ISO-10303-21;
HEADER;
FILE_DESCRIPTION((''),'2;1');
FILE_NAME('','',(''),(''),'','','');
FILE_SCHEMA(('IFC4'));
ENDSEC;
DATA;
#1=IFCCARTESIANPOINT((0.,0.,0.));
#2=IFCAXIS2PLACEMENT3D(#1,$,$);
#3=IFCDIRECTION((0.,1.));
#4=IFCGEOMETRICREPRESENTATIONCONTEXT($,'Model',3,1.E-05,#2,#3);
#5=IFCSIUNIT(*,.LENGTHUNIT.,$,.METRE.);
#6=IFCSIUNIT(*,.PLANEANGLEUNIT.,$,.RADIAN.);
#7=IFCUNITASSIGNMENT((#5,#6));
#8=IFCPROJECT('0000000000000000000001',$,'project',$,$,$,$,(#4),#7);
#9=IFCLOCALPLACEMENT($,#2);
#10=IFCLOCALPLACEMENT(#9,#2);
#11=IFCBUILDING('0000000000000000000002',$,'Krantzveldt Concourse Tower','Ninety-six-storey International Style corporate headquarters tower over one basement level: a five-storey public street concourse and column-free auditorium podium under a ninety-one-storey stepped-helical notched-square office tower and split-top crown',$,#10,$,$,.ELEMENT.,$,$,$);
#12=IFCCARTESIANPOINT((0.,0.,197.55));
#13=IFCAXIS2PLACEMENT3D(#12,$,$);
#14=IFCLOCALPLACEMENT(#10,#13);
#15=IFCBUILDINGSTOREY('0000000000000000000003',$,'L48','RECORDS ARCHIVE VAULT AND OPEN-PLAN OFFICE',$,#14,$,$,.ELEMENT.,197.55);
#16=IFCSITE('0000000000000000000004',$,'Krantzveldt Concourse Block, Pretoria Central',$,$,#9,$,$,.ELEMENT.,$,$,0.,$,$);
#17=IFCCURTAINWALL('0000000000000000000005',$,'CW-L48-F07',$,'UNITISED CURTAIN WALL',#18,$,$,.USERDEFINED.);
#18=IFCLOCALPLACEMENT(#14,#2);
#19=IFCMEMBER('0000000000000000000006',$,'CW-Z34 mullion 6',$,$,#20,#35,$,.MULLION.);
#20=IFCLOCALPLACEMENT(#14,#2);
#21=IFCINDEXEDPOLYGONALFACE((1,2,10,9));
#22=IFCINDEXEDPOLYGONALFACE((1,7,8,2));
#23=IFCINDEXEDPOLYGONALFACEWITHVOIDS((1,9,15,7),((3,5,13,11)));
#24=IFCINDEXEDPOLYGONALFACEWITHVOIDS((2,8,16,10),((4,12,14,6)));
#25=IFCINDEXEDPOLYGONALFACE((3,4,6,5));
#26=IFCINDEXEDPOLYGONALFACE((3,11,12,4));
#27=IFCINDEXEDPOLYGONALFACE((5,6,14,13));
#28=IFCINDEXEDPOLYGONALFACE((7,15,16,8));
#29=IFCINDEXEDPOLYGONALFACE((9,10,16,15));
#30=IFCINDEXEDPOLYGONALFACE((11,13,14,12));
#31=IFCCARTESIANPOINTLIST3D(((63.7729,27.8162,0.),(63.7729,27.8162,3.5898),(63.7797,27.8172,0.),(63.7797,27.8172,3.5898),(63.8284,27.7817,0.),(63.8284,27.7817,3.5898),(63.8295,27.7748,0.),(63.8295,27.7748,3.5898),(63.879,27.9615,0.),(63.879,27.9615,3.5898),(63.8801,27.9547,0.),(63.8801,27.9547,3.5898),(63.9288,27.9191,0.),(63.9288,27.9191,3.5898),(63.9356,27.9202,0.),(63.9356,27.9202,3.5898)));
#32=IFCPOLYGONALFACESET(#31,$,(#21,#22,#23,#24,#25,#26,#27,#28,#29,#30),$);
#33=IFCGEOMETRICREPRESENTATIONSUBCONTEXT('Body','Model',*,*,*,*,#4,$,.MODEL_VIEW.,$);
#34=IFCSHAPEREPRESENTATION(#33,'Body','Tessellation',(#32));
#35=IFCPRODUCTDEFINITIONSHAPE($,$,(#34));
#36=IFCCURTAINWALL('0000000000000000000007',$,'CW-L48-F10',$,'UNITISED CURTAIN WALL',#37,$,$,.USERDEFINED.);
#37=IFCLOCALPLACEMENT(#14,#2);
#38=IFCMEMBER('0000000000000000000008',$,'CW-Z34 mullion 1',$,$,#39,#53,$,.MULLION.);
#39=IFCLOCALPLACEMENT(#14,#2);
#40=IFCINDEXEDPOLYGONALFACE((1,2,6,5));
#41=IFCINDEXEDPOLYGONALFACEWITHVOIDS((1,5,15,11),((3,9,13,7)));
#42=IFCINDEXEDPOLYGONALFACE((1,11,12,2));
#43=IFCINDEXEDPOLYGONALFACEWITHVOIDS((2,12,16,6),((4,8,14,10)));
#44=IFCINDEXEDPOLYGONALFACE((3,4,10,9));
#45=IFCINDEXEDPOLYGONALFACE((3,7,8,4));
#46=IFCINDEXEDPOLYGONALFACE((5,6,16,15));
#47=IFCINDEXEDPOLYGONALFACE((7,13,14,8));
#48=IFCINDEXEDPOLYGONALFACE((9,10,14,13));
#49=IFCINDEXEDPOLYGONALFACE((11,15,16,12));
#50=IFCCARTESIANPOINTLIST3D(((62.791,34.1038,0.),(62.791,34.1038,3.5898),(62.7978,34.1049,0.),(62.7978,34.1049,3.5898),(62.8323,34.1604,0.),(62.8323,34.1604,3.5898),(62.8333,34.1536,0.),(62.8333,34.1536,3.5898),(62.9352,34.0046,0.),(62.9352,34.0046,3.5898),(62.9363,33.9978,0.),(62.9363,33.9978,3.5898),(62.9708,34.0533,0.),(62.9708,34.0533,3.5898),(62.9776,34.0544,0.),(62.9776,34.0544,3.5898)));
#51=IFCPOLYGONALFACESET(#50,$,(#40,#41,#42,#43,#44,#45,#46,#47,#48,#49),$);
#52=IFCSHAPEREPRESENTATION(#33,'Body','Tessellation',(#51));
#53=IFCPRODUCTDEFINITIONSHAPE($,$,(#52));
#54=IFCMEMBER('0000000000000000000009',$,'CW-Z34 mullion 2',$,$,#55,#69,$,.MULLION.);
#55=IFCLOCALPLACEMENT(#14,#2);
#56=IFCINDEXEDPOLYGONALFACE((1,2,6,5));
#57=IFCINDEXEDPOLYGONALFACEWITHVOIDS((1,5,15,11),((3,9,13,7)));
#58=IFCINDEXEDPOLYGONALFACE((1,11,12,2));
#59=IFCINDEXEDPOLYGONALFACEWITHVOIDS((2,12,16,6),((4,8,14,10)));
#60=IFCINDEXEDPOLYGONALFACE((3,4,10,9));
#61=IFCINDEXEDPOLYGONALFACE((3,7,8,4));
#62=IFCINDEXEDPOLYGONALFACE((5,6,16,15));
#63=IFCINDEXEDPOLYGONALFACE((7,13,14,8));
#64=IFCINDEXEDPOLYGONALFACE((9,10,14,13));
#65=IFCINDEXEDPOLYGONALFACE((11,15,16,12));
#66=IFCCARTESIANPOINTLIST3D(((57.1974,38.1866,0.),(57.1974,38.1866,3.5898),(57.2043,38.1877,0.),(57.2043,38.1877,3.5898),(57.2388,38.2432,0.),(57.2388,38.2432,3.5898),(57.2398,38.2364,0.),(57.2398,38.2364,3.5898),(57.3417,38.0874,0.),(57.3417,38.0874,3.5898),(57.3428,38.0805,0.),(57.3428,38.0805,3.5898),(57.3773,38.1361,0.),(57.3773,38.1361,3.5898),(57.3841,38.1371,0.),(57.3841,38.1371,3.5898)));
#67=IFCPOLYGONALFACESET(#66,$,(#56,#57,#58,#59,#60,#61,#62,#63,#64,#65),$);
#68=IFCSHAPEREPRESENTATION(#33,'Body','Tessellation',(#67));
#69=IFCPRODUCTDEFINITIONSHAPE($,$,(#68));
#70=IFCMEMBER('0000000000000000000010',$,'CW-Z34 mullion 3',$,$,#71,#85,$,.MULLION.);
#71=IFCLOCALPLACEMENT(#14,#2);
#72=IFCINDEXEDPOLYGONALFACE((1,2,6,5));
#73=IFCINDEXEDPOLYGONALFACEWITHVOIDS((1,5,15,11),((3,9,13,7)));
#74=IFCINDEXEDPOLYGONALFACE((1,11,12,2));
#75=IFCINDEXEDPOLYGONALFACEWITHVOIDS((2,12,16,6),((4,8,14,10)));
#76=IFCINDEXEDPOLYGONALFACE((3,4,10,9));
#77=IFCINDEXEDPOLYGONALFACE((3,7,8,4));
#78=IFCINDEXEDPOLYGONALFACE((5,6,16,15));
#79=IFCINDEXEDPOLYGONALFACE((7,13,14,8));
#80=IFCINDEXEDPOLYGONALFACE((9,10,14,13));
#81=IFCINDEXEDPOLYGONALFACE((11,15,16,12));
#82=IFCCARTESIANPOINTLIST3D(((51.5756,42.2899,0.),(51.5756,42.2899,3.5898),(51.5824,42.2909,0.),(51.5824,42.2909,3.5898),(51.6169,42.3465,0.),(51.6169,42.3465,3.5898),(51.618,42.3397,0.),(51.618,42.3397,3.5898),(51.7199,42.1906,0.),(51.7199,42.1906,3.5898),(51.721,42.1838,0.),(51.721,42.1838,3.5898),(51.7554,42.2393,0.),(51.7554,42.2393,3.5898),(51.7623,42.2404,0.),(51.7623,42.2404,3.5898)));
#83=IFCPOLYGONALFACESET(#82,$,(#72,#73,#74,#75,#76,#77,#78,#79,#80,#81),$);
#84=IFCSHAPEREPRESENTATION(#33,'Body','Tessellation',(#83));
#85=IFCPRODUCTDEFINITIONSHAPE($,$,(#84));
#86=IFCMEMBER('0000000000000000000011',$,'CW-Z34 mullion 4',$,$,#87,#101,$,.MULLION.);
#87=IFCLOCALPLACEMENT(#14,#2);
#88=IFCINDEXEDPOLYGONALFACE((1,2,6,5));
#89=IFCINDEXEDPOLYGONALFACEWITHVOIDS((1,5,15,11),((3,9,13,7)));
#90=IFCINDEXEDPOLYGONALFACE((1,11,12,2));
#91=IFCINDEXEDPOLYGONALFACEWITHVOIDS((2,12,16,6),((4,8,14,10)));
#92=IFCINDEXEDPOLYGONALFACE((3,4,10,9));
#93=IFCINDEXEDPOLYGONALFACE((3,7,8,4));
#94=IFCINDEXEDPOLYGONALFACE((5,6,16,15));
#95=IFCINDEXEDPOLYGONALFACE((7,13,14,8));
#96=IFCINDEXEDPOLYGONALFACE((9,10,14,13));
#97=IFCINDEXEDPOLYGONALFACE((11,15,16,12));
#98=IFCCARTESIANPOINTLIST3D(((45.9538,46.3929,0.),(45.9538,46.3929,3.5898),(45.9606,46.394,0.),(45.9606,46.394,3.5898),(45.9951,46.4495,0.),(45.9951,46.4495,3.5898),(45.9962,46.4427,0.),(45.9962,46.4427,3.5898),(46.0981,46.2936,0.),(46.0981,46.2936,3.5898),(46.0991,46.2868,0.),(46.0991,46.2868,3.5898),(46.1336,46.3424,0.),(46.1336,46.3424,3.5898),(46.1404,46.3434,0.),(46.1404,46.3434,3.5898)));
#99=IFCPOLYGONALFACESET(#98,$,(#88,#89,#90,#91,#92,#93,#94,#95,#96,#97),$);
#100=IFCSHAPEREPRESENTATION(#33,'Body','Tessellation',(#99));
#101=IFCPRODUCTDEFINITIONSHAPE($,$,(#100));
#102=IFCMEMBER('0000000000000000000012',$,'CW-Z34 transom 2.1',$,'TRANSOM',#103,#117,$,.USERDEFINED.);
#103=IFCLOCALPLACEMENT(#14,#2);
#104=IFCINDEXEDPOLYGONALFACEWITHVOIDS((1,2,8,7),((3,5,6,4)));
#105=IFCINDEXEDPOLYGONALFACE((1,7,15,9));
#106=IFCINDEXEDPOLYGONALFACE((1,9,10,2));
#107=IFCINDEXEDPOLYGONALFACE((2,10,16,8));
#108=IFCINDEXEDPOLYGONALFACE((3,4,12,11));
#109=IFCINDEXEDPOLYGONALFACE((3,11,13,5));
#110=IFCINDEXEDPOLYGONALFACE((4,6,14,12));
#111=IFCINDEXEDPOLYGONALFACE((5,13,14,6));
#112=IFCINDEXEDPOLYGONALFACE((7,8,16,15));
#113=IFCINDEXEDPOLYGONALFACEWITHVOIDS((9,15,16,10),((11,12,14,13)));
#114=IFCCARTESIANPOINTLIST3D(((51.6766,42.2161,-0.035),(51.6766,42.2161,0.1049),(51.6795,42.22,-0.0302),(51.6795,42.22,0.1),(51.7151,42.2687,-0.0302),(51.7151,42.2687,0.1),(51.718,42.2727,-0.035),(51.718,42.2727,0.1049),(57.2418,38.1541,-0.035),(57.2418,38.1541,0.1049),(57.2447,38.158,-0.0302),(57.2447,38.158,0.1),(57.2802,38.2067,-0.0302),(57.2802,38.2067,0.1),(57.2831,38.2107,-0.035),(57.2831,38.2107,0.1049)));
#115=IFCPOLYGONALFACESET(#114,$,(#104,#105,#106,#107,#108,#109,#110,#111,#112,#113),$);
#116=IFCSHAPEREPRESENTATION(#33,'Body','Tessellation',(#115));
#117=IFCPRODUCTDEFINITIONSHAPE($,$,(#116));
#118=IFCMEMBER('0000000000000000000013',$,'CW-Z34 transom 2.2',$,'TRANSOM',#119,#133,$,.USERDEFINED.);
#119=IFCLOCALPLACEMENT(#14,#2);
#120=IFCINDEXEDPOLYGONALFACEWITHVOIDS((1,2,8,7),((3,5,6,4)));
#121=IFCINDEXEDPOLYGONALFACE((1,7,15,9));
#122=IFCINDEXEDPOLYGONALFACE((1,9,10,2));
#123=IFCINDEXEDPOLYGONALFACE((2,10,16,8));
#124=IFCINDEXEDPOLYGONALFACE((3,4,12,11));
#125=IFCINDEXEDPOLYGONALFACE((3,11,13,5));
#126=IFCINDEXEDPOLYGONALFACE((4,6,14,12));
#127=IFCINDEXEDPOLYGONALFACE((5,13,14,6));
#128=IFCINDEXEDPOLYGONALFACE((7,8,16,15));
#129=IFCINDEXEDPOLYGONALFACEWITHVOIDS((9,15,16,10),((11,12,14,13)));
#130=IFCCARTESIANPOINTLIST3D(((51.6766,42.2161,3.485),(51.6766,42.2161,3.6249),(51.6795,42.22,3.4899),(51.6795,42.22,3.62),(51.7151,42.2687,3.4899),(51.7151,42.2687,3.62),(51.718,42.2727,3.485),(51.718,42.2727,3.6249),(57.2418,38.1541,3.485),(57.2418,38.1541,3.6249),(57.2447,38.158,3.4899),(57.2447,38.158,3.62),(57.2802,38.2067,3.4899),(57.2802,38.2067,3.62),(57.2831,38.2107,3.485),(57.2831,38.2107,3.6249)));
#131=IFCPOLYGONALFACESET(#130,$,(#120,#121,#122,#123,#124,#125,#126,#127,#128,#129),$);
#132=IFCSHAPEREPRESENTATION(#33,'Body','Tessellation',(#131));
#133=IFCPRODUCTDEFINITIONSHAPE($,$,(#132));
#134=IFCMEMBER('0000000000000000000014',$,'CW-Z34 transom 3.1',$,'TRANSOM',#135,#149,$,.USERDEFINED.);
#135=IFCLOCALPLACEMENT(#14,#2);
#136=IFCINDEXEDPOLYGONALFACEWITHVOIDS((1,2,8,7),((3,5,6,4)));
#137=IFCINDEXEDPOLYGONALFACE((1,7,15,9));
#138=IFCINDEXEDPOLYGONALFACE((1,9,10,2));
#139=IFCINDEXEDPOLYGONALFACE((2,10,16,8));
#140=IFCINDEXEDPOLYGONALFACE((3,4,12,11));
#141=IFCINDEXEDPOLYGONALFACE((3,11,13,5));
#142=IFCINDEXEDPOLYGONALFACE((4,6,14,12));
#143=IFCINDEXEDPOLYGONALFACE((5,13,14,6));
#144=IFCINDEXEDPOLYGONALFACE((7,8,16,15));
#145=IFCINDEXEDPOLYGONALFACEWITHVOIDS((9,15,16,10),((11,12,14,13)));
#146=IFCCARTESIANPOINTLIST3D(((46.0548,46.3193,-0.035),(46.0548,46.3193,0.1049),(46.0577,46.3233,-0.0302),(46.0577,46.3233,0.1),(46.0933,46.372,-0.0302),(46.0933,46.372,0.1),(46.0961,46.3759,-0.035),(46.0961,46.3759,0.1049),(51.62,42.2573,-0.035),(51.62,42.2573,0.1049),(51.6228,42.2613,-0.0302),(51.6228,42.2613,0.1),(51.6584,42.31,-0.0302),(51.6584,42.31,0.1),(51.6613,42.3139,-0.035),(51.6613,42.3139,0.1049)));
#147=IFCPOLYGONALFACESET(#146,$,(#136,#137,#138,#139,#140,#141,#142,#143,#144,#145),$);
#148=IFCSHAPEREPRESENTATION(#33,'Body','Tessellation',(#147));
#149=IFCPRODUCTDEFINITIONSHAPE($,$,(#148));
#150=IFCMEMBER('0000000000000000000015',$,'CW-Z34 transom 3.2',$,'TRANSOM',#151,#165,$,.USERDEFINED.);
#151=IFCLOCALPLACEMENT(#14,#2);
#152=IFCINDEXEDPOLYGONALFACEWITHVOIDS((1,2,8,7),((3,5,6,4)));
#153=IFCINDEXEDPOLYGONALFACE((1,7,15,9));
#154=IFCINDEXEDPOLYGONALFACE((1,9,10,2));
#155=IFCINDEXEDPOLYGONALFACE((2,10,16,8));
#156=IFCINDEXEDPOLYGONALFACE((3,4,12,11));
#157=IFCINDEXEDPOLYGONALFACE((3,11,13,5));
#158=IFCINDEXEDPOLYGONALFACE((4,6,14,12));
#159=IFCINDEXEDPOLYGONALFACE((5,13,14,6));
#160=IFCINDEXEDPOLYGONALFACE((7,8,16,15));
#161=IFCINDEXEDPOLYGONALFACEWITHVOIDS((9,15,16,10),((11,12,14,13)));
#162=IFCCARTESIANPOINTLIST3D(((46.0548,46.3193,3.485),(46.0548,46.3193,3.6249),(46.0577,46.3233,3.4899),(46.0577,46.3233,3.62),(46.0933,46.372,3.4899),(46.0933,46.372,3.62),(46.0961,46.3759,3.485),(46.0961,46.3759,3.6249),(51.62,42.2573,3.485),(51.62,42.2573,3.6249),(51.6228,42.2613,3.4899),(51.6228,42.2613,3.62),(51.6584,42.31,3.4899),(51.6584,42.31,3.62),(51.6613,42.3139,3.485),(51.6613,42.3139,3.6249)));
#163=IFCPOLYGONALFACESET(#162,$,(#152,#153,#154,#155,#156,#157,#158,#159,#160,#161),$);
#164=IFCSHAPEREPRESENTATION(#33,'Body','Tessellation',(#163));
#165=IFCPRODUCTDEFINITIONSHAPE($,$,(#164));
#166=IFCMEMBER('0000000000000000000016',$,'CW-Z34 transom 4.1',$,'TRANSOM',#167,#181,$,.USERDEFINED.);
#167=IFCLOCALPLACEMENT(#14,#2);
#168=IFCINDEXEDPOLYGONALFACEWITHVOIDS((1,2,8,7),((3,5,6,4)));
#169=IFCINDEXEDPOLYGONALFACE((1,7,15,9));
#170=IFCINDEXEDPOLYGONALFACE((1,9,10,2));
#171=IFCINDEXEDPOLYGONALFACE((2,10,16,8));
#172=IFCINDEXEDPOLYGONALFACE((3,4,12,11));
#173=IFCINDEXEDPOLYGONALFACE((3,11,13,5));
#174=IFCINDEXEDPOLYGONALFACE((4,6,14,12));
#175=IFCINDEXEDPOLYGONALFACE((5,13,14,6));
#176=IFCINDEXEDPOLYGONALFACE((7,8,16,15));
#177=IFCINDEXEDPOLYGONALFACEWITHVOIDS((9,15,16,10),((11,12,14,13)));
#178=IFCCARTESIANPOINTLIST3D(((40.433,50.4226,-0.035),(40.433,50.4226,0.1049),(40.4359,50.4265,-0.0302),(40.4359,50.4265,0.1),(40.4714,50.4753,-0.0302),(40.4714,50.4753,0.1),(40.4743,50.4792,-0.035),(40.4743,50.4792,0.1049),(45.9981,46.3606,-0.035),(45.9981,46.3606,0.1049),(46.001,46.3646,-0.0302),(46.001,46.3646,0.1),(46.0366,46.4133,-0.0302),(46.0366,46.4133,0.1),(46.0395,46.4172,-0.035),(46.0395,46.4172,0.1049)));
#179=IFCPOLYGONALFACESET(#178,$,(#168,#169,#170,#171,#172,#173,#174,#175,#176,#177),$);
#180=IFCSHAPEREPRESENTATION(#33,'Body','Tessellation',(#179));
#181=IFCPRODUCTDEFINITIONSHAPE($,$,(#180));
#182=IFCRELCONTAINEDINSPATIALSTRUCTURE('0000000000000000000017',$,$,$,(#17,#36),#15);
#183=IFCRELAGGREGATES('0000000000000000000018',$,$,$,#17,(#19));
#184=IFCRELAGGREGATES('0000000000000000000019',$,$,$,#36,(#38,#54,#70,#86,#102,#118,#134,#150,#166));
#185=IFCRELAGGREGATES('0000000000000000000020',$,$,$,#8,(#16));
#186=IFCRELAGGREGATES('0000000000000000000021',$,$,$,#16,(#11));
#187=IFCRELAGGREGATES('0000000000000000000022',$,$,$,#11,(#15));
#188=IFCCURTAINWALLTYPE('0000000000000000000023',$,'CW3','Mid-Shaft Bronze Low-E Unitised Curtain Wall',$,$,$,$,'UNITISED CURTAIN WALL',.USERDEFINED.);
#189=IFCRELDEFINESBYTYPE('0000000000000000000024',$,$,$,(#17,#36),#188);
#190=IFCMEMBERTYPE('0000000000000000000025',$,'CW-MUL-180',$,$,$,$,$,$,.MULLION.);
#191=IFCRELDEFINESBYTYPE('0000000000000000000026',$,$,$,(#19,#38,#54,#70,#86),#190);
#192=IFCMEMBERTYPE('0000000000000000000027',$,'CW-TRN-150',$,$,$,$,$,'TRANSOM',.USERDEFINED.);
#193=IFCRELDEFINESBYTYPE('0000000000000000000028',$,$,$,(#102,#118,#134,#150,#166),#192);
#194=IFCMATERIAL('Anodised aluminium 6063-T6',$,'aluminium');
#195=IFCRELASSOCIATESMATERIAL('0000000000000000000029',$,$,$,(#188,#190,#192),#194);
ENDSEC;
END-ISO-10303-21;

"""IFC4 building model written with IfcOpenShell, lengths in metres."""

from ifc_helpers import new_model, si_unit, direction, frame, origin, origin_2d, place, context, subcontext, project, spatial, hollow_rectangle, extrude, source, transform, mapped, material, material_profile, profile_set, type_object, type_shapes, element, aggregate, save


model = new_model("IFC4")

# Units and contexts
model_context = context("Model", 3, precision=1e-05, world=origin(), true_north=direction((0.0, 1.0)))
body_context = subcontext(model_context, "Body", "Model", "MODEL_VIEW")
ifc_project = project(units=[si_unit("LENGTHUNIT", "METRE"), si_unit("PLANEANGLEUNIT", "RADIAN")], contexts=[model_context])

# Site, building, storey
site_placement = place(None, origin())
site = spatial("IfcSite", under=ifc_project, at=site_placement, Name="Krantzveldt Concourse Block, Pretoria Central", CompositionType="ELEMENT", RefElevation=0.0)
building_placement = place(site_placement, origin())
building = spatial("IfcBuilding", under=site, at=building_placement, Name="Krantzveldt Concourse Tower", Description="Ninety-six-storey International Style corporate headquarters tower over one basement level: a five-storey public street concourse and column-free auditorium podium under a ninety-one-storey stepped-helical notched-square office tower and split-top crown", CompositionType="ELEMENT")
storey_placement = place(building_placement, frame((0.0, 0.0, 197.55)))
storey = spatial("IfcBuildingStorey", under=building, at=storey_placement, Name="L48", Description="RECORDS ARCHIVE VAULT AND OPEN-PLAN OFFICE", CompositionType="ELEMENT", Elevation=197.55)

# Curtain wall, member
ifc_material_1 = material(Name="Anodised aluminium 6063-T6", Category="aluminium")
curtain_wall_type = type_object("IfcCurtainWallType", Name="CW3", Description="Mid-Shaft Bronze Low-E Unitised Curtain Wall", ElementType="UNITISED CURTAIN WALL", PredefinedType="USERDEFINED", material=ifc_material_1)
curtain_wall_1_placement = place(storey_placement, origin())
curtain_wall_1 = element("IfcCurtainWall", 1, at=curtain_wall_1_placement, inside=storey, type_object=curtain_wall_type, Name="CW-L48-F07", ObjectType="UNITISED CURTAIN WALL", PredefinedType="USERDEFINED")
ifc_material_profile_1 = material_profile(ifc_material_1, hollow_rectangle(XDim=0.0701, YDim=0.1799, WallThickness=0.0049, at=origin_2d()), Name="Anodised aluminium 6063-T6", Category="aluminium")
ifc_profile_set_1 = profile_set([ifc_material_profile_1], Name="Anodised aluminium 6063-T6 - ALU-MULL 180x70x5")
member_type_1 = type_object("IfcMemberType", Name="CW-MUL-180", PredefinedType="MULLION", material=ifc_profile_set_1)
shared_shape_1 = source(origin(), body_context, "Body", "SweptSolid", [
    extrude(hollow_rectangle(XDim=0.0701, YDim=0.1799, WallThickness=0.0049, at=origin_2d()), origin(), (0.0, 0.0, 1.0), 3.5898),
])
type_shapes(member_type_1, [shared_shape_1])
member_1_placement = place(storey_placement, frame((63.8542, 27.8682, 0.0), z_axis=(0.0, 0.0, 1.0), x_axis=(-0.807733, 0.589549, 0.0)))
member_1 = element("IfcMember", 2, at=member_1_placement, type_object=member_type_1, Name="CW-Z34 mullion 6", PredefinedType="MULLION", context=body_context, shape_type="MappedRepresentation", body=[
    mapped(shared_shape_1, transform((0.0, 0.0, 0.0), x_axis=(1.0, 0.0, 0.0), y_axis=(0.0, 1.0, 0.0), z_axis=(0.0, 0.0, 1.0), scale=1.0)),
])
aggregate(curtain_wall_1, [member_1])

# Curtain wall, members
curtain_wall_2_placement = place(storey_placement, origin())
curtain_wall_2 = element("IfcCurtainWall", 3, at=curtain_wall_2_placement, inside=storey, type_object=curtain_wall_type, Name="CW-L48-F10", ObjectType="UNITISED CURTAIN WALL", PredefinedType="USERDEFINED")
member_2_placement = place(storey_placement, frame((62.8843, 34.0791, 0.0), z_axis=(0.0, 0.0, 1.0), x_axis=(-0.589549, -0.807733, 0.0)))
member_2 = element("IfcMember", 4, at=member_2_placement, type_object=member_type_1, Name="CW-Z34 mullion 1", PredefinedType="MULLION", context=body_context, shape_type="MappedRepresentation", body=[
    mapped(shared_shape_1, transform((0.0, 0.0, 0.0), x_axis=(1.0, 0.0, 0.0), y_axis=(0.0, 1.0, 0.0), z_axis=(0.0, 0.0, 1.0), scale=1.0)),
])
member_3_placement = place(storey_placement, frame((57.2908, 38.1619, 0.0), z_axis=(0.0, 0.0, 1.0), x_axis=(-0.589549, -0.807733, 0.0)))
member_3 = element("IfcMember", 5, at=member_3_placement, type_object=member_type_1, Name="CW-Z34 mullion 2", PredefinedType="MULLION", context=body_context, shape_type="MappedRepresentation", body=[
    mapped(shared_shape_1, transform((0.0, 0.0, 0.0), x_axis=(1.0, 0.0, 0.0), y_axis=(0.0, 1.0, 0.0), z_axis=(0.0, 0.0, 1.0), scale=1.0)),
])
member_4_placement = place(storey_placement, frame((51.6689, 42.2651, 0.0), z_axis=(0.0, 0.0, 1.0), x_axis=(-0.589549, -0.807733, 0.0)))
member_4 = element("IfcMember", 6, at=member_4_placement, type_object=member_type_1, Name="CW-Z34 mullion 3", PredefinedType="MULLION", context=body_context, shape_type="MappedRepresentation", body=[
    mapped(shared_shape_1, transform((0.0, 0.0, 0.0), x_axis=(1.0, 0.0, 0.0), y_axis=(0.0, 1.0, 0.0), z_axis=(0.0, 0.0, 1.0), scale=1.0)),
])
member_5_placement = place(storey_placement, frame((46.0471, 46.3682, 0.0), z_axis=(0.0, 0.0, 1.0), x_axis=(-0.589549, -0.807733, 0.0)))
member_5 = element("IfcMember", 7, at=member_5_placement, type_object=member_type_1, Name="CW-Z34 mullion 4", PredefinedType="MULLION", context=body_context, shape_type="MappedRepresentation", body=[
    mapped(shared_shape_1, transform((0.0, 0.0, 0.0), x_axis=(1.0, 0.0, 0.0), y_axis=(0.0, 1.0, 0.0), z_axis=(0.0, 0.0, 1.0), scale=1.0)),
])
ifc_material_profile_2 = material_profile(ifc_material_1, hollow_rectangle(XDim=0.0701, YDim=0.1399, WallThickness=0.0049, at=origin_2d()), Name="Anodised aluminium 6063-T6", Category="aluminium")
ifc_profile_set_2 = profile_set([ifc_material_profile_2], Name="Anodised aluminium 6063-T6 - ALU-TRAN 140x70x5")
member_type_2 = type_object("IfcMemberType", Name="CW-TRN-150", ElementType="TRANSOM", PredefinedType="USERDEFINED", material=ifc_profile_set_2)
shared_shape_2 = source(origin(), body_context, "Body", "SweptSolid", [
    extrude(hollow_rectangle(XDim=0.0701, YDim=0.1399, WallThickness=0.0049, at=origin_2d()), origin(), (0.0, 0.0, 1.0), 6.8899),
])
member_6_placement = place(storey_placement, frame((57.2625, 38.1824, 0.0349), z_axis=(-0.807727, 0.589557, 0.0), x_axis=(-0.589557, -0.807727, 0.0)))
member_6 = element("IfcMember", 8, at=member_6_placement, type_object=member_type_2, Name="CW-Z34 transom 2.1", ObjectType="TRANSOM", PredefinedType="USERDEFINED", context=body_context, shape_type="MappedRepresentation", body=[
    mapped(shared_shape_2, transform((0.0, 0.0, 0.0), x_axis=(1.0, 0.0, 0.0), y_axis=(0.0, 1.0, 0.0), z_axis=(0.0, 0.0, 1.0), scale=1.0)),
])
member_7_placement = place(storey_placement, frame((57.2625, 38.1824, 3.5549), z_axis=(-0.807727, 0.589557, 0.0), x_axis=(-0.589557, -0.807727, 0.0)))
member_7 = element("IfcMember", 9, at=member_7_placement, type_object=member_type_2, Name="CW-Z34 transom 2.2", ObjectType="TRANSOM", PredefinedType="USERDEFINED", context=body_context, shape_type="MappedRepresentation", body=[
    mapped(shared_shape_2, transform((0.0, 0.0, 0.0), x_axis=(1.0, 0.0, 0.0), y_axis=(0.0, 1.0, 0.0), z_axis=(0.0, 0.0, 1.0), scale=1.0)),
])
member_8_placement = place(storey_placement, frame((51.6406, 42.2856, 0.0349), z_axis=(-0.807727, 0.589557, 0.0), x_axis=(-0.589557, -0.807727, 0.0)))
member_8 = element("IfcMember", 10, at=member_8_placement, type_object=member_type_2, Name="CW-Z34 transom 3.1", ObjectType="TRANSOM", PredefinedType="USERDEFINED", context=body_context, shape_type="MappedRepresentation", body=[
    mapped(shared_shape_2, transform((0.0, 0.0, 0.0), x_axis=(1.0, 0.0, 0.0), y_axis=(0.0, 1.0, 0.0), z_axis=(0.0, 0.0, 1.0), scale=1.0)),
])
member_9_placement = place(storey_placement, frame((51.6406, 42.2856, 3.5549), z_axis=(-0.807727, 0.589557, 0.0), x_axis=(-0.589557, -0.807727, 0.0)))
member_9 = element("IfcMember", 11, at=member_9_placement, type_object=member_type_2, Name="CW-Z34 transom 3.2", ObjectType="TRANSOM", PredefinedType="USERDEFINED", context=body_context, shape_type="MappedRepresentation", body=[
    mapped(shared_shape_2, transform((0.0, 0.0, 0.0), x_axis=(1.0, 0.0, 0.0), y_axis=(0.0, 1.0, 0.0), z_axis=(0.0, 0.0, 1.0), scale=1.0)),
])
member_10_placement = place(storey_placement, frame((46.0188, 46.3889, 0.0349), z_axis=(-0.807727, 0.589557, 0.0), x_axis=(-0.589557, -0.807727, 0.0)))
member_10 = element("IfcMember", 12, at=member_10_placement, type_object=member_type_2, Name="CW-Z34 transom 4.1", ObjectType="TRANSOM", PredefinedType="USERDEFINED", context=body_context, shape_type="MappedRepresentation", body=[
    mapped(shared_shape_2, transform((0.0, 0.0, 0.0), x_axis=(1.0, 0.0, 0.0), y_axis=(0.0, 1.0, 0.0), z_axis=(0.0, 0.0, 1.0), scale=1.0)),
])
aggregate(curtain_wall_2, [member_2, member_3, member_4, member_5, member_6, member_7, member_8, member_9, member_10])

save(model, "model.ifc")
